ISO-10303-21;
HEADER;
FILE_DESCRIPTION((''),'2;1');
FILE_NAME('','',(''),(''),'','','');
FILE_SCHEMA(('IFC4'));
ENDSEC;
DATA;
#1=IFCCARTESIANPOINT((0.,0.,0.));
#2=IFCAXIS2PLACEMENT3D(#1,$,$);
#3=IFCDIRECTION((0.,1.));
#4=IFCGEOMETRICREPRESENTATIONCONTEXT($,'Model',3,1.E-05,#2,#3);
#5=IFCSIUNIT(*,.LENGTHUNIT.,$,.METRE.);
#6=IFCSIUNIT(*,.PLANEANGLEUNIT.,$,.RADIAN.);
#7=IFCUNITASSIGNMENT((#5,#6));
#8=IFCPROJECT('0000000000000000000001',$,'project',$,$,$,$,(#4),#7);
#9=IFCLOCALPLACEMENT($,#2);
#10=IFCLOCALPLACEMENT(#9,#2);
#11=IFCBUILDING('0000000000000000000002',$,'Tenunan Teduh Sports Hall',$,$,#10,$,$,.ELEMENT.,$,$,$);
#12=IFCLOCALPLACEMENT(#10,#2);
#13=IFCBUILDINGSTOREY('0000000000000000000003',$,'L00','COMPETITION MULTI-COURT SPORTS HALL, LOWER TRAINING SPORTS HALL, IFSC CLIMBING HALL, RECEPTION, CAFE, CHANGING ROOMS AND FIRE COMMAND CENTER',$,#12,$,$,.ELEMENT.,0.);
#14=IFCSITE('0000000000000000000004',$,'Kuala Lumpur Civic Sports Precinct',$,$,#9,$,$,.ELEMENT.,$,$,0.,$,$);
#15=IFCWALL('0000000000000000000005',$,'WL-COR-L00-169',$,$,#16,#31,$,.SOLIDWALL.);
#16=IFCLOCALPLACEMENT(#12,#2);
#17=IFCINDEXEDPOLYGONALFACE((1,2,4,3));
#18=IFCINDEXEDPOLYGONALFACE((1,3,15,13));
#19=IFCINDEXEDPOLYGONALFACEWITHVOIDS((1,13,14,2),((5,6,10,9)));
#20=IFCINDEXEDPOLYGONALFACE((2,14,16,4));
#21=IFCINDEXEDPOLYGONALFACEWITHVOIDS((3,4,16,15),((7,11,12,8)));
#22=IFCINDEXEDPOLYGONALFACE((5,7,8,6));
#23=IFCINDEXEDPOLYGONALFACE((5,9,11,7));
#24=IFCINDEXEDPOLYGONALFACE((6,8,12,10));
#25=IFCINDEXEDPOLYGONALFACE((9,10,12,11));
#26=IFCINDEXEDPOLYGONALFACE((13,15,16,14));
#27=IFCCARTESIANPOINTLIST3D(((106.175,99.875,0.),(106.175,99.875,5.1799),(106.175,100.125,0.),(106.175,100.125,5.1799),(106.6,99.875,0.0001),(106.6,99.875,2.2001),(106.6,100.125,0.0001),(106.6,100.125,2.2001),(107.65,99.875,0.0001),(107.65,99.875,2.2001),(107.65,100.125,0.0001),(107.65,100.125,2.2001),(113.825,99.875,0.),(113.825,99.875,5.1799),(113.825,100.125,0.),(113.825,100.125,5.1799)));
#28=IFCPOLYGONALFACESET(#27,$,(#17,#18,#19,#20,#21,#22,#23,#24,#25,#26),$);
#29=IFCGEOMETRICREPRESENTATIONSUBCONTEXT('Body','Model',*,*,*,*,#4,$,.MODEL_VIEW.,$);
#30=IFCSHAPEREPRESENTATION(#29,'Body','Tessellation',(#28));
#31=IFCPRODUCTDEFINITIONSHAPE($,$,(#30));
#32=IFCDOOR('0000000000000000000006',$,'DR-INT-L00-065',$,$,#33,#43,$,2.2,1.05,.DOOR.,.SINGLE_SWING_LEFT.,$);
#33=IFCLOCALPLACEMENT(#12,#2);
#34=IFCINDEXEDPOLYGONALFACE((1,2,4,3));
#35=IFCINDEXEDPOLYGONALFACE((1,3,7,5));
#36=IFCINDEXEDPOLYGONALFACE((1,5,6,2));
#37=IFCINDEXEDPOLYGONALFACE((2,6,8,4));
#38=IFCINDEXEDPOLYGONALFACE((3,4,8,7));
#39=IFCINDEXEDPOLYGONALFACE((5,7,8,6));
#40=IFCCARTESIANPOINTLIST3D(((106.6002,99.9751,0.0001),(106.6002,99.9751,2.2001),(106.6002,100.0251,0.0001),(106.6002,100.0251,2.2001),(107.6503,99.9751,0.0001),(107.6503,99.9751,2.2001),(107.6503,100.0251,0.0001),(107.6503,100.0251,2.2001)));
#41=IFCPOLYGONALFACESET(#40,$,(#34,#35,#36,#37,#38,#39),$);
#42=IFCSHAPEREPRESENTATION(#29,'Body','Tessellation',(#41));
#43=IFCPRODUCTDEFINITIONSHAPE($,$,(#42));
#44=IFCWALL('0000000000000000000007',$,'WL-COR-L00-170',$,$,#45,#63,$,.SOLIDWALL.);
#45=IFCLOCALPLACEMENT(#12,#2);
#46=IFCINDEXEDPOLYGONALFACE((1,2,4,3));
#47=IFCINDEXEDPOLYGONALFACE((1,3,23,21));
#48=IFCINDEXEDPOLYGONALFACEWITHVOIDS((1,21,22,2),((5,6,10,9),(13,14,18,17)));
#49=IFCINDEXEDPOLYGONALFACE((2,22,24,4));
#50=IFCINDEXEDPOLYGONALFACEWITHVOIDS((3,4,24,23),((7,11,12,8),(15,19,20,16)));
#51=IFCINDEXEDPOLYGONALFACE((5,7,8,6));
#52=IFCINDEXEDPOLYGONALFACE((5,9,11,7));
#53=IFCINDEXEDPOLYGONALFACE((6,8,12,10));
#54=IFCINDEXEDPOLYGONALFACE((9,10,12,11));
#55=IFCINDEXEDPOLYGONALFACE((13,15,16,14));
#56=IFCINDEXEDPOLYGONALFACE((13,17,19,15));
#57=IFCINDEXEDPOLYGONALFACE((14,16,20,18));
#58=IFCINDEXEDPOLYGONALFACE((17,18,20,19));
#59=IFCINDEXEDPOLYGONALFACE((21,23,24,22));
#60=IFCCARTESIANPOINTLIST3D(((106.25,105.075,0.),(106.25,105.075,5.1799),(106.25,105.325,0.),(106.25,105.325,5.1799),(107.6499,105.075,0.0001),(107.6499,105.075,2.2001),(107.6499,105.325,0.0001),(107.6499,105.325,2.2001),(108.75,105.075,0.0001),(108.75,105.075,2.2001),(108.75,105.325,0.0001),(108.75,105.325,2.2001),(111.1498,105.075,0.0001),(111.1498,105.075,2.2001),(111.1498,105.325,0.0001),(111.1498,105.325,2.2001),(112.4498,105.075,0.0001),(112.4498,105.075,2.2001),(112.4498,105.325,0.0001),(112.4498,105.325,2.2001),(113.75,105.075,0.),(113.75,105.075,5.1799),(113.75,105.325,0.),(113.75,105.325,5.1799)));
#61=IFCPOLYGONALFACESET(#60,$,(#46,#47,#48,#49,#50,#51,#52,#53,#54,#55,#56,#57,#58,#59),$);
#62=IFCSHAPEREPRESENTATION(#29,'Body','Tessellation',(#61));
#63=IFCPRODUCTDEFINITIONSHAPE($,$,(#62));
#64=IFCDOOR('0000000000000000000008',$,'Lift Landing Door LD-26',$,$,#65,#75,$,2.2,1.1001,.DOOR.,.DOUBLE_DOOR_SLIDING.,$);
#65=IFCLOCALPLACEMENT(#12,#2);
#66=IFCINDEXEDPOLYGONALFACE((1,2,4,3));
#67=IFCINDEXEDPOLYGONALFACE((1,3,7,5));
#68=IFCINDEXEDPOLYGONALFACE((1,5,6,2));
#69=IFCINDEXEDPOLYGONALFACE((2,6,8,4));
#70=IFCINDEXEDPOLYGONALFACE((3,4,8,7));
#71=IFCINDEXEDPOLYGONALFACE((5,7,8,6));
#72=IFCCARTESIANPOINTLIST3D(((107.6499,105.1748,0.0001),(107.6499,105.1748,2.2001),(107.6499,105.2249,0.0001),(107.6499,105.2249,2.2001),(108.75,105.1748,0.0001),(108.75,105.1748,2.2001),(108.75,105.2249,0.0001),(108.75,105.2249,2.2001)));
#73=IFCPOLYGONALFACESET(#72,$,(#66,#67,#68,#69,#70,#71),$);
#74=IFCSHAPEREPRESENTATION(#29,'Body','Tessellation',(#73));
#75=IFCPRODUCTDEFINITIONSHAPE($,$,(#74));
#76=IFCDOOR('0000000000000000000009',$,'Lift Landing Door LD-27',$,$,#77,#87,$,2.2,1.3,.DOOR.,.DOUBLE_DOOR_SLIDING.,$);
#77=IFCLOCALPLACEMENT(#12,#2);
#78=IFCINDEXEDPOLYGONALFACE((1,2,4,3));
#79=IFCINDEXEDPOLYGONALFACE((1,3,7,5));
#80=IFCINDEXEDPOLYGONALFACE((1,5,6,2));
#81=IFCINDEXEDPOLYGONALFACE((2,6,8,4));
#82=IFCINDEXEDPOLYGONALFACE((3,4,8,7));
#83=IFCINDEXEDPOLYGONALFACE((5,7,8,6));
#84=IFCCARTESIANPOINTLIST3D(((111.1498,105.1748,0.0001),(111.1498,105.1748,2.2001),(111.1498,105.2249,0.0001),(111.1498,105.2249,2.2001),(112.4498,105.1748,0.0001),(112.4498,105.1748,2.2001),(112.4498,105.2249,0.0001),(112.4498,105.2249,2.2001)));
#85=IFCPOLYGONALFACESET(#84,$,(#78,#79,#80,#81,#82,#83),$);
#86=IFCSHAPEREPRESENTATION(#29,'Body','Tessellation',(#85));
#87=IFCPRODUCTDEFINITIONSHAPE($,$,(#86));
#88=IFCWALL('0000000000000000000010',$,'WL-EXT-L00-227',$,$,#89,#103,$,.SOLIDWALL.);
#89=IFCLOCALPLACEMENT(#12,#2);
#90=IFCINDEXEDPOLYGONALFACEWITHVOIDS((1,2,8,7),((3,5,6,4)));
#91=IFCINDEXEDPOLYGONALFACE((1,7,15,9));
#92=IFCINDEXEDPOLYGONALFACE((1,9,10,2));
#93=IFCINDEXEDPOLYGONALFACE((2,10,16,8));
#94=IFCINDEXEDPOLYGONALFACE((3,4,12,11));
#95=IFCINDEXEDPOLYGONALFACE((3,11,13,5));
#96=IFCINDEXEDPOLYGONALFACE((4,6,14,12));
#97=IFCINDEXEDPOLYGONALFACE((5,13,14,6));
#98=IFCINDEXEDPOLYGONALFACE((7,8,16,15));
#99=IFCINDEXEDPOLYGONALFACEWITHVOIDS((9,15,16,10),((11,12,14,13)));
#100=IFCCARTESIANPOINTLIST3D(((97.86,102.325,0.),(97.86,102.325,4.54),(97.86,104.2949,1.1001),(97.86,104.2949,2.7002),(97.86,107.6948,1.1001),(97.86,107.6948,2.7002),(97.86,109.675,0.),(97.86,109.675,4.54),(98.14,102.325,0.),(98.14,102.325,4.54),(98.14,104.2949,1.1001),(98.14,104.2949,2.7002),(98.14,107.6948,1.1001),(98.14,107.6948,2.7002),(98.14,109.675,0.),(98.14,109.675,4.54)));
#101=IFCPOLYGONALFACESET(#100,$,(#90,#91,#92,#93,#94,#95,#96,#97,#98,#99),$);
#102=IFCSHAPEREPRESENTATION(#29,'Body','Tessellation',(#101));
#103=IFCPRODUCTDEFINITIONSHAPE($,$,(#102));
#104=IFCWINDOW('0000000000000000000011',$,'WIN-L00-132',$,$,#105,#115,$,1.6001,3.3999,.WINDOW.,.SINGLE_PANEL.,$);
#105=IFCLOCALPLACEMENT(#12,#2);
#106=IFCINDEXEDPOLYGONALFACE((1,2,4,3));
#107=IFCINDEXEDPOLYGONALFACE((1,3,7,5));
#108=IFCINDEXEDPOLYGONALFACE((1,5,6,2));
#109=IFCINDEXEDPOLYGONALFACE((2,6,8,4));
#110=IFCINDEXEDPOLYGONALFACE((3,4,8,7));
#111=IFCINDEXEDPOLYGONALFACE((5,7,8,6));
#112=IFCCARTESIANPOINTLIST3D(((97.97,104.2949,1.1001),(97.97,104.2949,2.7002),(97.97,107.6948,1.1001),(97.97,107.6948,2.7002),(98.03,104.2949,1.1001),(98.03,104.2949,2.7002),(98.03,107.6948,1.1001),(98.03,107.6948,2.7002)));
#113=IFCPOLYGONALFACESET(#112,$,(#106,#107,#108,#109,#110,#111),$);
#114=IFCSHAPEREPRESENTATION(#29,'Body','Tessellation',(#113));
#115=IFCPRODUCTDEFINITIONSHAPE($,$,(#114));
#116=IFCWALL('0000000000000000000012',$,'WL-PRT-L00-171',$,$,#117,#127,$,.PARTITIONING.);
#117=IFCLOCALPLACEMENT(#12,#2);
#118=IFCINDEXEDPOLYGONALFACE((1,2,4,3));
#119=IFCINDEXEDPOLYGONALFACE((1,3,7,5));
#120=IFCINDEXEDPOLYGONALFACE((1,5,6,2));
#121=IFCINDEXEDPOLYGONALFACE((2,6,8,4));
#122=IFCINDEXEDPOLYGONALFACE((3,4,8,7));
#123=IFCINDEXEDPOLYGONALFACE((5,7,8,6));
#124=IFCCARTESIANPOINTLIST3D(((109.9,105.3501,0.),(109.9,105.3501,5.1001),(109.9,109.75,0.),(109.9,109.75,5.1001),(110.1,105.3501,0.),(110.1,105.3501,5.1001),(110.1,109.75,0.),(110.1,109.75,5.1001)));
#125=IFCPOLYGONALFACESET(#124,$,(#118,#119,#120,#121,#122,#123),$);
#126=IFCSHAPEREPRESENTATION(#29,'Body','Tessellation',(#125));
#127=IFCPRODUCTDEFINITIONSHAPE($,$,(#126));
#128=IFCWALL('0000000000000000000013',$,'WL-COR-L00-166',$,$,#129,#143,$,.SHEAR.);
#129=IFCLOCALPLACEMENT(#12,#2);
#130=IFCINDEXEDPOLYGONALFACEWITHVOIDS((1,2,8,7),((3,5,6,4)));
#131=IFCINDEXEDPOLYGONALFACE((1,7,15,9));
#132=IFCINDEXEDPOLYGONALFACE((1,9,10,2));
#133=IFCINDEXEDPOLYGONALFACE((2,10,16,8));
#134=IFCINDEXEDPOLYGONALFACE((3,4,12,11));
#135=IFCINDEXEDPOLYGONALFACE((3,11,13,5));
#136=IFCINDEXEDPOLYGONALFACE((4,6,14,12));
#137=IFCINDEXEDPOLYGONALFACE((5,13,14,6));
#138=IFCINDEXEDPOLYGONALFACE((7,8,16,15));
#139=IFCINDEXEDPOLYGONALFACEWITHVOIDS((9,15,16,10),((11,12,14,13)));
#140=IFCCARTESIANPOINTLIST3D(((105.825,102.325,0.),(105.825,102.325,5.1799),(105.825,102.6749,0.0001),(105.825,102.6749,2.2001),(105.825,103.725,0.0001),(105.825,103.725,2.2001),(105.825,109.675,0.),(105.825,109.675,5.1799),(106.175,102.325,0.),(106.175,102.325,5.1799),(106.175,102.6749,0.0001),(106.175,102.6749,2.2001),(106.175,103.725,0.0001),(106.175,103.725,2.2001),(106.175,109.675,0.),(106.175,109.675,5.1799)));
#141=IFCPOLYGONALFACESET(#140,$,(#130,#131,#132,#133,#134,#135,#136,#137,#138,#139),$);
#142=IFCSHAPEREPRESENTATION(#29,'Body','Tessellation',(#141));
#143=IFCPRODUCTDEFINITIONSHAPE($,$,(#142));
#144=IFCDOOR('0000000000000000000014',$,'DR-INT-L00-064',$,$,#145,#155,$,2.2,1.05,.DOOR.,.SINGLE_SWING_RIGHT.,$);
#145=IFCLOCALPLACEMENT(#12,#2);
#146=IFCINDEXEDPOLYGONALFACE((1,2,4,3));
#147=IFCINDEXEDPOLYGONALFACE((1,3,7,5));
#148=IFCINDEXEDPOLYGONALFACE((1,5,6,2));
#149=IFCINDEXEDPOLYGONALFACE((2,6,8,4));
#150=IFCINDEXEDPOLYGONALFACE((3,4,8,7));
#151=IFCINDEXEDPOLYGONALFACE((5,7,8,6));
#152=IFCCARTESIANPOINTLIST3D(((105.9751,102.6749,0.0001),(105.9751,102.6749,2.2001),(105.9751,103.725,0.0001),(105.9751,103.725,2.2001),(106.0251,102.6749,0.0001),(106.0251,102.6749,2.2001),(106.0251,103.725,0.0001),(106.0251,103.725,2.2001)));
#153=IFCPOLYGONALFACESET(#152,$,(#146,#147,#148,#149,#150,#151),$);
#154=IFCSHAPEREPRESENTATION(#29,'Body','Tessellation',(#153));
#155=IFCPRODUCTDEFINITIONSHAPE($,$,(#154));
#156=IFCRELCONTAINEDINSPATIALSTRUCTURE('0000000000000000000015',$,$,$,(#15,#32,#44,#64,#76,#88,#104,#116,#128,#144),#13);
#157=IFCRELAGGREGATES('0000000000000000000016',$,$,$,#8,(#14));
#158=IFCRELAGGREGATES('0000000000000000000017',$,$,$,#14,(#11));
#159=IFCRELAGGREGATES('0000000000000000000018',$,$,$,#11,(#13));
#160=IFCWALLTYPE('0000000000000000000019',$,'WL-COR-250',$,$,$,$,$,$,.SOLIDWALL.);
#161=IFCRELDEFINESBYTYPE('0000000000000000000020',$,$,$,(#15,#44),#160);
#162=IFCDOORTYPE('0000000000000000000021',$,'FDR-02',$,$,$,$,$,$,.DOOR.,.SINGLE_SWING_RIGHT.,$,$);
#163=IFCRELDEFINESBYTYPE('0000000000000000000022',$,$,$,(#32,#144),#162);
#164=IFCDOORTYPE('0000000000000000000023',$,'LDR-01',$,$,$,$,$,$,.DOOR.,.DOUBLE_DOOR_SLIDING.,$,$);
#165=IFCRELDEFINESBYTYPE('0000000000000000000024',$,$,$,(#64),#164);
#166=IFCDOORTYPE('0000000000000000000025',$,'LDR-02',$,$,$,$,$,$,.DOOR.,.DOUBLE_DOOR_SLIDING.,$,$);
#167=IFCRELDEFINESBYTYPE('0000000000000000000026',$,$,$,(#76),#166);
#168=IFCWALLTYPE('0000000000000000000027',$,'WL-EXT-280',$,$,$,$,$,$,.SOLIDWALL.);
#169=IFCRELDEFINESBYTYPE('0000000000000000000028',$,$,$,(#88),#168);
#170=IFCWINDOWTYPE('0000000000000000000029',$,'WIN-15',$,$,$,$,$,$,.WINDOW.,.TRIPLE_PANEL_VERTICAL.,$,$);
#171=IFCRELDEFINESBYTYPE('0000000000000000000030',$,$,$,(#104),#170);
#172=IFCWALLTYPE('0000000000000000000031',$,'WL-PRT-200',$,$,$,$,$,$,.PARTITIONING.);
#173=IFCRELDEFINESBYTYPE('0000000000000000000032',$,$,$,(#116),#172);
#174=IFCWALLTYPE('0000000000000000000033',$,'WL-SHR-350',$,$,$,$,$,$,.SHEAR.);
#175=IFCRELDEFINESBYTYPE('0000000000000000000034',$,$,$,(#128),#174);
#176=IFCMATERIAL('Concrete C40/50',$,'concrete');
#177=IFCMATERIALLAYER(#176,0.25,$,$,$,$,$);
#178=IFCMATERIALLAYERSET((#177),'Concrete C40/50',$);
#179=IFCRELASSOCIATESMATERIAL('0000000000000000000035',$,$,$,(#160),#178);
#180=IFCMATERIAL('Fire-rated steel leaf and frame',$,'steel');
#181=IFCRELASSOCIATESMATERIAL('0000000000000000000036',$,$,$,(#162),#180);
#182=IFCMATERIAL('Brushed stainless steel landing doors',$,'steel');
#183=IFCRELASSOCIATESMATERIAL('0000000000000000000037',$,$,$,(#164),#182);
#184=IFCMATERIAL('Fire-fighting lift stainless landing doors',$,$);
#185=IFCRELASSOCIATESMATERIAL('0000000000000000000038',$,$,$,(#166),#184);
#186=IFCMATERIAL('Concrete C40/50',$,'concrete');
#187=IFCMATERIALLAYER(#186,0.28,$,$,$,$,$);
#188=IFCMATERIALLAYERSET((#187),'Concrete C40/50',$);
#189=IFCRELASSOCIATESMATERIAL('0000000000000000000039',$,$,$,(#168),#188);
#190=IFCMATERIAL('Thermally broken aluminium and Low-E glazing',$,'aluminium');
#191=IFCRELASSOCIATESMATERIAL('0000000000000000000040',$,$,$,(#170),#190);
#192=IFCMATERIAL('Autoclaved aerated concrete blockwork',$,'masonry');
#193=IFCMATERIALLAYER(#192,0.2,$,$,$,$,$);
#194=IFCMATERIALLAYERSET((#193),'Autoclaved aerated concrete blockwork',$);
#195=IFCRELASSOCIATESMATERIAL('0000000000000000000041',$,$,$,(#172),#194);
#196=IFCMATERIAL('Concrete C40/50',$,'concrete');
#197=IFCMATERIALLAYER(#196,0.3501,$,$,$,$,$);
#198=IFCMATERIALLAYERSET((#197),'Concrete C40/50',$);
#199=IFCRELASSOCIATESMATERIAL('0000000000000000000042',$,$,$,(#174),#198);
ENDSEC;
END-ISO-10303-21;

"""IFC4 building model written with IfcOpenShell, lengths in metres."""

from ifc_helpers import new_model, si_unit, direction, frame, frame_2d, origin, place, context, subcontext, project, spatial, rectangle, extrude, material, layer, layer_set, type_object, element, fill, save


model = new_model("IFC4")

# Units and contexts
model_context = context("Model", 3, precision=1e-05, world=origin(), true_north=direction((0.0, 1.0)))
body_context = subcontext(model_context, "Body", "Model", "MODEL_VIEW")
ifc_project = project(units=[si_unit("LENGTHUNIT", "METRE"), si_unit("PLANEANGLEUNIT", "RADIAN")], contexts=[model_context])

# Site, building, storey
site_placement = place(None, origin())
site = spatial("IfcSite", under=ifc_project, at=site_placement, Name="Kuala Lumpur Civic Sports Precinct", CompositionType="ELEMENT", RefElevation=0.0)
building_placement = place(site_placement, origin())
building = spatial("IfcBuilding", under=site, at=building_placement, Name="Tenunan Teduh Sports Hall", CompositionType="ELEMENT")
storey_placement = place(building_placement, origin())
storey = spatial("IfcBuildingStorey", under=building, at=storey_placement, Name="L00", Description="COMPETITION MULTI-COURT SPORTS HALL, LOWER TRAINING SPORTS HALL, IFSC CLIMBING HALL, RECEPTION, CAFE, CHANGING ROOMS AND FIRE COMMAND CENTER", CompositionType="ELEMENT", Elevation=0.0)

# Wall, opening, door
ifc_material_1 = material(Name="Concrete C40/50", Category="concrete")
ifc_layer_1 = layer(ifc_material_1, 0.25)
ifc_layer_set_1 = layer_set([ifc_layer_1], Name="Concrete C40/50")
wall_type_1 = type_object("IfcWallType", Name="WL-COR-250", PredefinedType="SOLIDWALL", material=ifc_layer_set_1)
wall_1_placement = place(storey_placement, frame((106.175, 100.0, 0.0), z_axis=(0.0, 0.0, 1.0), x_axis=(1.0, 0.0, 0.0)))
wall_1 = element("IfcWall", 1, at=wall_1_placement, inside=storey, type_object=wall_type_1, Name="WL-COR-L00-169", PredefinedType="SOLIDWALL", context=body_context, shape_type="SweptSolid", body=[
    extrude(rectangle(XDim=7.6499, YDim=0.25, at=frame_2d((3.825, 0.0))), origin(), (0.0, 0.0, 1.0), 5.1799),
])
opening_1_placement = place(wall_1_placement, frame((0.425, 0.0, 0.0)))
opening_1 = element("IfcOpeningElement", 2, at=opening_1_placement, cuts=wall_1, PredefinedType="OPENING", context=body_context, shape_type="SweptSolid", body=[
    extrude(rectangle(XDim=1.05, YDim=2.2, at=frame_2d((0.5249, 1.1001))), frame((0.0, 0.135, 0.0), z_axis=(0.0, -1.0, 0.0), x_axis=(1.0, 0.0, 0.0)), (0.0, 0.0, 1.0), 0.27),
])
ifc_material_2 = material(Name="Fire-rated steel leaf and frame", Category="steel")
door_type_1 = type_object("IfcDoorType", Name="FDR-02", OperationType="SINGLE_SWING_RIGHT", PredefinedType="DOOR", material=ifc_material_2)
door_1_placement = place(opening_1_placement, frame((1.05, 0.0, 0.0), z_axis=(0.0, 0.0, 1.0), x_axis=(-1.0, 0.0, 0.0)))
door_1 = element("IfcDoor", 3, at=door_1_placement, inside=storey, type_object=door_type_1, Name="DR-INT-L00-065", OperationType="SINGLE_SWING_LEFT", OverallHeight=2.2, OverallWidth=1.05, PredefinedType="DOOR", context=body_context, shape_type="SweptSolid", body=[
    extrude(rectangle(XDim=1.05, YDim=2.2, at=frame_2d((0.5249, 1.1001))), frame((0.0, 0.0249, 0.0), z_axis=(0.0, -1.0, 0.0), x_axis=(1.0, 0.0, 0.0)), (0.0, 0.0, 1.0), 0.05),
])
fill(opening_1, door_1)

# Wall, openings, doors
wall_2_placement = place(storey_placement, frame((106.25, 105.2, 0.0), z_axis=(0.0, 0.0, 1.0), x_axis=(1.0, 0.0, 0.0)))
wall_2 = element("IfcWall", 4, at=wall_2_placement, inside=storey, type_object=wall_type_1, Name="WL-COR-L00-170", PredefinedType="SOLIDWALL", context=body_context, shape_type="SweptSolid", body=[
    extrude(rectangle(XDim=7.5, YDim=0.25, at=frame_2d((3.75, 0.0))), origin(), (0.0, 0.0, 1.0), 5.1799),
])
opening_2_placement = place(wall_2_placement, frame((1.3999, 0.0, 0.0)))
opening_2 = element("IfcOpeningElement", 5, at=opening_2_placement, cuts=wall_2, PredefinedType="OPENING", context=body_context, shape_type="SweptSolid", body=[
    extrude(rectangle(XDim=1.1001, YDim=2.2, at=frame_2d((0.55, 1.1001))), frame((0.0, 0.135, 0.0), z_axis=(0.0, -1.0, 0.0), x_axis=(1.0, 0.0, 0.0)), (0.0, 0.0, 1.0), 0.27),
])
opening_3_placement = place(wall_2_placement, frame((4.8999, 0.0, 0.0)))
opening_3 = element("IfcOpeningElement", 6, at=opening_3_placement, cuts=wall_2, PredefinedType="OPENING", context=body_context, shape_type="SweptSolid", body=[
    extrude(rectangle(XDim=1.3, YDim=2.2, at=frame_2d((0.6499, 1.1001))), frame((0.0, 0.135, 0.0), z_axis=(0.0, -1.0, 0.0), x_axis=(1.0, 0.0, 0.0)), (0.0, 0.0, 1.0), 0.27),
])
ifc_material_3 = material(Name="Brushed stainless steel landing doors", Category="steel")
door_type_2 = type_object("IfcDoorType", Name="LDR-01", OperationType="DOUBLE_DOOR_SLIDING", PredefinedType="DOOR", material=ifc_material_3)
door_2_placement = place(opening_2_placement, origin())
door_2 = element("IfcDoor", 7, at=door_2_placement, inside=storey, type_object=door_type_2, Name="Lift Landing Door LD-26", OperationType="DOUBLE_DOOR_SLIDING", OverallHeight=2.2, OverallWidth=1.1001, PredefinedType="DOOR", context=body_context, shape_type="SweptSolid", body=[
    extrude(rectangle(XDim=1.1001, YDim=2.2, at=frame_2d((0.55, 1.1001))), frame((0.0, 0.0249, 0.0), z_axis=(0.0, -1.0, 0.0), x_axis=(1.0, 0.0, 0.0)), (0.0, 0.0, 1.0), 0.05),
])
fill(opening_2, door_2)
ifc_material_4 = material(Name="Fire-fighting lift stainless landing doors")
door_type_3 = type_object("IfcDoorType", Name="LDR-02", OperationType="DOUBLE_DOOR_SLIDING", PredefinedType="DOOR", material=ifc_material_4)
door_3_placement = place(opening_3_placement, origin())
door_3 = element("IfcDoor", 8, at=door_3_placement, inside=storey, type_object=door_type_3, Name="Lift Landing Door LD-27", OperationType="DOUBLE_DOOR_SLIDING", OverallHeight=2.2, OverallWidth=1.3, PredefinedType="DOOR", context=body_context, shape_type="SweptSolid", body=[
    extrude(rectangle(XDim=1.3, YDim=2.2, at=frame_2d((0.6499, 1.1001))), frame((0.0, 0.0249, 0.0), z_axis=(0.0, -1.0, 0.0), x_axis=(1.0, 0.0, 0.0)), (0.0, 0.0, 1.0), 0.05),
])
fill(opening_3, door_3)

# Wall, opening, window
ifc_material_5 = material(Name="Concrete C40/50", Category="concrete")
ifc_layer_2 = layer(ifc_material_5, 0.28)
ifc_layer_set_2 = layer_set([ifc_layer_2], Name="Concrete C40/50")
wall_type_2 = type_object("IfcWallType", Name="WL-EXT-280", PredefinedType="SOLIDWALL", material=ifc_layer_set_2)
wall_3_placement = place(storey_placement, frame((98.0, 102.325, 0.0), z_axis=(0.0, 0.0, 1.0), x_axis=(0.0, 1.0, 0.0)))
wall_3 = element("IfcWall", 9, at=wall_3_placement, inside=storey, type_object=wall_type_2, Name="WL-EXT-L00-227", PredefinedType="SOLIDWALL", context=body_context, shape_type="SweptSolid", body=[
    extrude(rectangle(XDim=7.3501, YDim=0.28, at=frame_2d((3.675, 0.0))), origin(), (0.0, 0.0, 1.0), 4.54),
])
opening_4_placement = place(wall_3_placement, frame((1.97, 0.0, 1.1001)))
opening_4 = element("IfcOpeningElement", 10, at=opening_4_placement, cuts=wall_3, PredefinedType="OPENING", context=body_context, shape_type="SweptSolid", body=[
    extrude(rectangle(XDim=3.3999, YDim=1.6001, at=frame_2d((1.7, 0.8))), frame((0.0, 0.1499, 0.0), z_axis=(0.0, -1.0, 0.0), x_axis=(1.0, 0.0, 0.0)), (0.0, 0.0, 1.0), 0.3),
])
ifc_material_6 = material(Name="Thermally broken aluminium and Low-E glazing", Category="aluminium")
window_type = type_object("IfcWindowType", Name="WIN-15", PartitioningType="TRIPLE_PANEL_VERTICAL", PredefinedType="WINDOW", material=ifc_material_6)
window_placement = place(opening_4_placement, origin())
window = element("IfcWindow", 11, at=window_placement, inside=storey, type_object=window_type, Name="WIN-L00-132", OverallHeight=1.6001, OverallWidth=3.3999, PartitioningType="SINGLE_PANEL", PredefinedType="WINDOW", context=body_context, shape_type="SweptSolid", body=[
    extrude(rectangle(XDim=3.3999, YDim=1.6001, at=frame_2d((1.7, 0.8))), frame((0.0, 0.03, 0.0), z_axis=(0.0, -1.0, 0.0), x_axis=(1.0, 0.0, 0.0)), (0.0, 0.0, 1.0), 0.0601),
])
fill(opening_4, window)

# Wall
ifc_material_7 = material(Name="Autoclaved aerated concrete blockwork", Category="masonry")
ifc_layer_3 = layer(ifc_material_7, 0.2)
ifc_layer_set_3 = layer_set([ifc_layer_3], Name="Autoclaved aerated concrete blockwork")
wall_type_3 = type_object("IfcWallType", Name="WL-PRT-200", PredefinedType="PARTITIONING", material=ifc_layer_set_3)
wall_4_placement = place(storey_placement, frame((110.0, 105.3501, 0.0), z_axis=(0.0, 0.0, 1.0), x_axis=(0.0, 1.0, 0.0)))
element("IfcWall", 12, at=wall_4_placement, inside=storey, type_object=wall_type_3, Name="WL-PRT-L00-171", PredefinedType="PARTITIONING", context=body_context, shape_type="SweptSolid", body=[
    extrude(rectangle(XDim=4.3999, YDim=0.2, at=frame_2d((2.2, 0.0))), origin(), (0.0, 0.0, 1.0), 5.1001),
])

# Wall, opening, door
ifc_material_8 = material(Name="Concrete C40/50", Category="concrete")
ifc_layer_4 = layer(ifc_material_8, 0.3501)
ifc_layer_set_4 = layer_set([ifc_layer_4], Name="Concrete C40/50")
wall_type_4 = type_object("IfcWallType", Name="WL-SHR-350", PredefinedType="SHEAR", material=ifc_layer_set_4)
wall_5_placement = place(storey_placement, frame((106.0, 102.325, 0.0), z_axis=(0.0, 0.0, 1.0), x_axis=(0.0, 1.0, 0.0)))
wall_5 = element("IfcWall", 13, at=wall_5_placement, inside=storey, type_object=wall_type_4, Name="WL-COR-L00-166", PredefinedType="SHEAR", context=body_context, shape_type="SweptSolid", body=[
    extrude(rectangle(XDim=7.3501, YDim=0.3501, at=frame_2d((3.675, 0.0))), origin(), (0.0, 0.0, 1.0), 5.1799),
])
opening_5_placement = place(wall_5_placement, frame((0.3501, 0.0, 0.0)))
opening_5 = element("IfcOpeningElement", 14, at=opening_5_placement, cuts=wall_5, PredefinedType="OPENING", context=body_context, shape_type="SweptSolid", body=[
    extrude(rectangle(XDim=1.05, YDim=2.2, at=frame_2d((0.5249, 1.1001))), frame((0.0, 0.1851, 0.0), z_axis=(0.0, -1.0, 0.0), x_axis=(1.0, 0.0, 0.0)), (0.0, 0.0, 1.0), 0.3701),
])
door_4_placement = place(opening_5_placement, origin())
door_4 = element("IfcDoor", 15, at=door_4_placement, inside=storey, type_object=door_type_1, Name="DR-INT-L00-064", OperationType="SINGLE_SWING_RIGHT", OverallHeight=2.2, OverallWidth=1.05, PredefinedType="DOOR", context=body_context, shape_type="SweptSolid", body=[
    extrude(rectangle(XDim=1.05, YDim=2.2, at=frame_2d((0.5249, 1.1001))), frame((0.0, 0.0249, 0.0), z_axis=(0.0, -1.0, 0.0), x_axis=(1.0, 0.0, 0.0)), (0.0, 0.0, 1.0), 0.05),
])
fill(opening_5, door_4)

save(model, "model.ifc")
